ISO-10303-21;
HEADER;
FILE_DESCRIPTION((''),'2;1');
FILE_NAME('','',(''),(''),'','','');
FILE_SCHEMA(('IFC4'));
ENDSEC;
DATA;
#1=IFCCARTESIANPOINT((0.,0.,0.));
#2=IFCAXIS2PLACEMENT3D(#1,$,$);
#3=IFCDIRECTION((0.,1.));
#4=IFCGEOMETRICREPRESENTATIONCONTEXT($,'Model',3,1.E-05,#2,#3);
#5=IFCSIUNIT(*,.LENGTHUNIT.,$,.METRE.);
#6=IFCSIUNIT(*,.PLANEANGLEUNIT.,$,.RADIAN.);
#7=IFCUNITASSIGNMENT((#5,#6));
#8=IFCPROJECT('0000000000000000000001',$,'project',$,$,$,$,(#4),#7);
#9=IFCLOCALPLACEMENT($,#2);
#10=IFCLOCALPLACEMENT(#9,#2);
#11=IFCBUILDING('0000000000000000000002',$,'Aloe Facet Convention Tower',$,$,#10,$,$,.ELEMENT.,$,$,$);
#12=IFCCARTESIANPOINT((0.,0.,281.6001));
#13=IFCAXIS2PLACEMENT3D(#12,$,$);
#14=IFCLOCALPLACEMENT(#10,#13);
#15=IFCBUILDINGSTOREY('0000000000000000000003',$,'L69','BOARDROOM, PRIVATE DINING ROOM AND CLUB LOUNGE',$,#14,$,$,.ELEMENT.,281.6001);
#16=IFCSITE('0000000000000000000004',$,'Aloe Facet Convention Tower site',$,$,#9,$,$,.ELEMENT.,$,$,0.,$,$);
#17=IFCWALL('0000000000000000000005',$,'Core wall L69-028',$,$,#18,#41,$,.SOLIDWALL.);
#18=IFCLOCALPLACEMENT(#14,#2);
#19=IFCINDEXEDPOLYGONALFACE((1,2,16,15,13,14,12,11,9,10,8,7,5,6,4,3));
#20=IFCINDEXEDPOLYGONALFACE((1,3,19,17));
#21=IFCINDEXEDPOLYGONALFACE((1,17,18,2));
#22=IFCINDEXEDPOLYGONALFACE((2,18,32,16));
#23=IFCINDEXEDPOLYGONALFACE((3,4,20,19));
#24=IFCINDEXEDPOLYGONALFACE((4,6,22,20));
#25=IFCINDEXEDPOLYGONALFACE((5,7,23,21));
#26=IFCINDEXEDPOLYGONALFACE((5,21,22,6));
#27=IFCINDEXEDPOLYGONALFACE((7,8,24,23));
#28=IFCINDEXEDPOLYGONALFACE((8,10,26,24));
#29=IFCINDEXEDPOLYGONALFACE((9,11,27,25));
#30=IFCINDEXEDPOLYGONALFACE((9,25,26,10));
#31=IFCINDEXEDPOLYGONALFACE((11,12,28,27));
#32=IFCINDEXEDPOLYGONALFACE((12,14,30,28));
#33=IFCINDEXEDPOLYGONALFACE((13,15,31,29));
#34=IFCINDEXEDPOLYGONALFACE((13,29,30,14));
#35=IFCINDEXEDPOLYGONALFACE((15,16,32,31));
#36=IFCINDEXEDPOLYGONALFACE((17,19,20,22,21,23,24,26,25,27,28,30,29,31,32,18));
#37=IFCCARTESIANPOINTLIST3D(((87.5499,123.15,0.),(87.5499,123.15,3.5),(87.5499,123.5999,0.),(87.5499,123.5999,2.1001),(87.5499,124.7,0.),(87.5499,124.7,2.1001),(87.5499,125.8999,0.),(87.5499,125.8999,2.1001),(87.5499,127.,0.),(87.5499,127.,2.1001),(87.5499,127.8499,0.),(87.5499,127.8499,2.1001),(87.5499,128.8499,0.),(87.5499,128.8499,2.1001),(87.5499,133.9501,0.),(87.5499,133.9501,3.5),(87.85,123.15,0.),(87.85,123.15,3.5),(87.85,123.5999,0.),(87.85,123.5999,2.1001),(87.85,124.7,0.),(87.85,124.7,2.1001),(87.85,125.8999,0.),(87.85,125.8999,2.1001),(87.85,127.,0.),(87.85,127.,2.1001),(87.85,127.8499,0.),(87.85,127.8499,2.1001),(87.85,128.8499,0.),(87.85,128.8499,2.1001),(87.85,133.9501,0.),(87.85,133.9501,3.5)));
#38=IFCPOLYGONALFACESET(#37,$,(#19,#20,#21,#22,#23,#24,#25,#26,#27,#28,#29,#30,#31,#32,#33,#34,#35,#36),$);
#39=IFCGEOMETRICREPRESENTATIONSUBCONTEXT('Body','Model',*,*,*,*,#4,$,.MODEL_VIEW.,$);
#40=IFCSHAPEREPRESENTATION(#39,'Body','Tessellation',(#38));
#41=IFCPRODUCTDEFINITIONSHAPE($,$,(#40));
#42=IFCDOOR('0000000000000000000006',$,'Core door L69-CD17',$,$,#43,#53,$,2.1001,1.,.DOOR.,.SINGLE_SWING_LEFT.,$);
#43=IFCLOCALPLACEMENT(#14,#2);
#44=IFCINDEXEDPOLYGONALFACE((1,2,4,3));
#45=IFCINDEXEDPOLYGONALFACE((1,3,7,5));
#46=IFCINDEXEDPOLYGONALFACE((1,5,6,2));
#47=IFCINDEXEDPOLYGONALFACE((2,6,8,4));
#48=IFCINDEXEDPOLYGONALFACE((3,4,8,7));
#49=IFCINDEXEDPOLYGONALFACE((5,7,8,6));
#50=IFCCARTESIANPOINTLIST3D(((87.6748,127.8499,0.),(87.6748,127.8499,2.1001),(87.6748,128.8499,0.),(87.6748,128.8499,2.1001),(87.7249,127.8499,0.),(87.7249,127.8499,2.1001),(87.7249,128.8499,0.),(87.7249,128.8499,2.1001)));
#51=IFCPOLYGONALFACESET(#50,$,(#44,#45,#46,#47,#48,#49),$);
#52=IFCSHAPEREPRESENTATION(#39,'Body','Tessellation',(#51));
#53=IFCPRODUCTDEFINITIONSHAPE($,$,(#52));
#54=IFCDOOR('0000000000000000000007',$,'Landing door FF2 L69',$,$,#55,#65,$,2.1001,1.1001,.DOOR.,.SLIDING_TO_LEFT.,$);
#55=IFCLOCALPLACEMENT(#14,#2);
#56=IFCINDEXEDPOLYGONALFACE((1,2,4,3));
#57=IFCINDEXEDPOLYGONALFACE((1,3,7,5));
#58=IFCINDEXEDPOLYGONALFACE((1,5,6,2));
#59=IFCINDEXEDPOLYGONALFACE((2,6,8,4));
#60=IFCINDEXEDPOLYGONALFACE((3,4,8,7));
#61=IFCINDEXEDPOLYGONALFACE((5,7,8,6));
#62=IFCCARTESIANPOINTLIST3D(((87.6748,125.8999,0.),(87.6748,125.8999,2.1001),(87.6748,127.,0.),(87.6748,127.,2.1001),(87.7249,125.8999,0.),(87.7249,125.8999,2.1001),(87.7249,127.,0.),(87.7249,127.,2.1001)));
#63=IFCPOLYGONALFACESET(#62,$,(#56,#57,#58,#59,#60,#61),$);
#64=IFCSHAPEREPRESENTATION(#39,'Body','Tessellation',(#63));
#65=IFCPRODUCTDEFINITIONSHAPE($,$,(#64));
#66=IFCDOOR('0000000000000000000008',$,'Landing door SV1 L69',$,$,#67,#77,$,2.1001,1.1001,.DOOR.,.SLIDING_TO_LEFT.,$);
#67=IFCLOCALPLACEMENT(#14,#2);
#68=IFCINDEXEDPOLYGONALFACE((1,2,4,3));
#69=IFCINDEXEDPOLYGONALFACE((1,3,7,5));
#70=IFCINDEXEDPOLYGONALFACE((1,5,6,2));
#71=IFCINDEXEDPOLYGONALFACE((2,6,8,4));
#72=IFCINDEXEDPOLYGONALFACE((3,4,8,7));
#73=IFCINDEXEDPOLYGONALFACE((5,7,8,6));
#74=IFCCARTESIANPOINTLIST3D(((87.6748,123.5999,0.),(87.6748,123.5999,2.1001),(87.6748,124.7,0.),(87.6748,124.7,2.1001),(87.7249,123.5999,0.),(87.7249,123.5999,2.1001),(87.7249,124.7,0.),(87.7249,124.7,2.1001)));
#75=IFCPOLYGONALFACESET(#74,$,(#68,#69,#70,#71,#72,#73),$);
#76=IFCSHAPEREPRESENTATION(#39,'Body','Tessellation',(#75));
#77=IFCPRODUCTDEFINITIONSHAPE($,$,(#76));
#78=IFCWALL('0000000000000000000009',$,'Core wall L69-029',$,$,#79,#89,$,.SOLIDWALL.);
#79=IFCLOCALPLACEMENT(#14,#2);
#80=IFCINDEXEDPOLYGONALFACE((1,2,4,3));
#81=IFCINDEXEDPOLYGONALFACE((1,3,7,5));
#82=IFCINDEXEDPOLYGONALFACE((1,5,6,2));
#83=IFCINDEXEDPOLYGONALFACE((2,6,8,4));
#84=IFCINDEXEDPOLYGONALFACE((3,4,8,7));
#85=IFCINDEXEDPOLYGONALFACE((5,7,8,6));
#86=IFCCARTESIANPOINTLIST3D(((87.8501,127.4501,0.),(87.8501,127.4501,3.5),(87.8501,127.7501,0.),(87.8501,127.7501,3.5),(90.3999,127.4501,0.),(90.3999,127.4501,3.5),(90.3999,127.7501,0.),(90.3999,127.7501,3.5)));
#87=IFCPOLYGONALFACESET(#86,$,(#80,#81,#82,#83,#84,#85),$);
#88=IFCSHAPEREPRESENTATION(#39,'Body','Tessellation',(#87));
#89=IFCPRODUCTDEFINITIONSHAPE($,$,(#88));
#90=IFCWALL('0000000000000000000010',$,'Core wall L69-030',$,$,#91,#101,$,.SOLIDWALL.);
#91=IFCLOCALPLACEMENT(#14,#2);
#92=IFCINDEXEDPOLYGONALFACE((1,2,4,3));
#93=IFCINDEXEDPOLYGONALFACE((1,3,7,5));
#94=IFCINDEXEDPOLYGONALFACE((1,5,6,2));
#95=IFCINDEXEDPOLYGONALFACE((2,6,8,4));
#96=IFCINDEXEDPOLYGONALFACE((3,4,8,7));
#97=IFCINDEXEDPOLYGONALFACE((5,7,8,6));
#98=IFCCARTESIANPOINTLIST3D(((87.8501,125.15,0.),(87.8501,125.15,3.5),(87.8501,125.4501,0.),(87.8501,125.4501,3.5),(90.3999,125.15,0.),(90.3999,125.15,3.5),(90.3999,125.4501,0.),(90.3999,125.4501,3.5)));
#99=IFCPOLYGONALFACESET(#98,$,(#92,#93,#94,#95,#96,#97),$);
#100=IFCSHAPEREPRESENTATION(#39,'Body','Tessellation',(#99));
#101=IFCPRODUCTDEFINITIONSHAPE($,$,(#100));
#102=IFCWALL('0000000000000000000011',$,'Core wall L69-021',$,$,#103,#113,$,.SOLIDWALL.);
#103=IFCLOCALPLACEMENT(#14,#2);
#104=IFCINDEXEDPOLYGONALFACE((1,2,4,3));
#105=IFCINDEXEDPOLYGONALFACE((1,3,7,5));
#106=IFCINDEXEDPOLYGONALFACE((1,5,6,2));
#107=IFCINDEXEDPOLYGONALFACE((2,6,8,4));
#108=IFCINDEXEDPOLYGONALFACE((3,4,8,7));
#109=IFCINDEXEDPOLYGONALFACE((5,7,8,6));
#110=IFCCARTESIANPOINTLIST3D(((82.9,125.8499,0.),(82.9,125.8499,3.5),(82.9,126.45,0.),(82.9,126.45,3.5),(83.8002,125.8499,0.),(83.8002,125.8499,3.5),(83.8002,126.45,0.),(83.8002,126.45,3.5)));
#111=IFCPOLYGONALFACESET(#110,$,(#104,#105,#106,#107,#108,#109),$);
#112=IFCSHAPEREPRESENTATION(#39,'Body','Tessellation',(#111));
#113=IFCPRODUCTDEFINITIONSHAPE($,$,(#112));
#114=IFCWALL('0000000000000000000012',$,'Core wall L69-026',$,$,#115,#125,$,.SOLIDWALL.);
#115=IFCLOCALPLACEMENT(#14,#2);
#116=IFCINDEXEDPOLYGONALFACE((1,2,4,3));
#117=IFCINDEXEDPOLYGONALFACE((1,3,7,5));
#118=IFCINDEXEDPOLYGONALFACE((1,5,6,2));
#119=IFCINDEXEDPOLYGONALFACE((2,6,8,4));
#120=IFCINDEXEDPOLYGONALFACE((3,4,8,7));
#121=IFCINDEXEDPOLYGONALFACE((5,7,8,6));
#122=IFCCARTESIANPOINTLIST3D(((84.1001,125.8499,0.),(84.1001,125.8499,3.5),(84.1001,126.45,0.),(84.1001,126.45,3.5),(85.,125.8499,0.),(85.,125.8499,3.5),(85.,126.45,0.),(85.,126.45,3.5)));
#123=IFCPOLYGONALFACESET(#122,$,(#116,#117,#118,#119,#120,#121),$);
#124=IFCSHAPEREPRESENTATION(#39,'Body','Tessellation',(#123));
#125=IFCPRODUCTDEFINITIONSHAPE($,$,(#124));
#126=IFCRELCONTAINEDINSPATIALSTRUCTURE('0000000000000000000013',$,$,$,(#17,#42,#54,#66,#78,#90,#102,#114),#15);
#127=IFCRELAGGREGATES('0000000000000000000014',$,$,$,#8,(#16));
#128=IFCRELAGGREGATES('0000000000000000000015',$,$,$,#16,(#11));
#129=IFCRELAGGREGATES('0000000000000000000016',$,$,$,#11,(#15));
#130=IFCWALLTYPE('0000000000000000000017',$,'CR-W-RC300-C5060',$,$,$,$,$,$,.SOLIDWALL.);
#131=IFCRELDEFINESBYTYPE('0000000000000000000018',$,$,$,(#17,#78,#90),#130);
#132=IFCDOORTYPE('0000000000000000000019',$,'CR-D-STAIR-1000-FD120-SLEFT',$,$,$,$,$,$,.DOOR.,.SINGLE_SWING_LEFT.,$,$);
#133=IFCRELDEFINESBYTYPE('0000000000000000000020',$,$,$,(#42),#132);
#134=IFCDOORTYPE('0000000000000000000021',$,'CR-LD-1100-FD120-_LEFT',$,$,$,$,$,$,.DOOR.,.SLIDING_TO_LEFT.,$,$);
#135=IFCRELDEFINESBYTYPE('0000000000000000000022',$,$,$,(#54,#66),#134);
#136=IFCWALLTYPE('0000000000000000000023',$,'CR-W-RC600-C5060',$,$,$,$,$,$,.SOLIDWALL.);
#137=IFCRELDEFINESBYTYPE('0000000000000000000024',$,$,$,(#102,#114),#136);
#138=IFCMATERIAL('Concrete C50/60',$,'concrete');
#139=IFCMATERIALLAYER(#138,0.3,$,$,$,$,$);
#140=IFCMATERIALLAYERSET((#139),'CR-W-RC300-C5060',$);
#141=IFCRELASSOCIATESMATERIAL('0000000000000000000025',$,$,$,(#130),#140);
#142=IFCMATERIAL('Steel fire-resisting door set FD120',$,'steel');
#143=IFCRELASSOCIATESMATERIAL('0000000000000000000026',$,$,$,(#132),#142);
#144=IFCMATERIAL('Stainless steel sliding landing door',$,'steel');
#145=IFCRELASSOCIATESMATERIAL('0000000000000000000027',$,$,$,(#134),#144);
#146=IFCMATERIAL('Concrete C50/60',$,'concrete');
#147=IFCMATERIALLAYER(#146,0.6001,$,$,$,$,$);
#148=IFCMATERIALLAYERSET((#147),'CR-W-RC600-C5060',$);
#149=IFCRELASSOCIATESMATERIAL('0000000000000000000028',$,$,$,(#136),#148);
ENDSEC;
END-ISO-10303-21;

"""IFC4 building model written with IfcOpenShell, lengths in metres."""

from ifc_helpers import new_model, si_unit, direction, frame, frame_2d, origin, place, context, subcontext, project, spatial, rectangle, extrude, material, layer, layer_set, type_object, element, fill, save


model = new_model("IFC4")

# Units and contexts
model_context = context("Model", 3, precision=1e-05, world=origin(), true_north=direction((0.0, 1.0)))
body_context = subcontext(model_context, "Body", "Model", "MODEL_VIEW")
ifc_project = project(units=[si_unit("LENGTHUNIT", "METRE"), si_unit("PLANEANGLEUNIT", "RADIAN")], contexts=[model_context])

# Site, building, storey
site_placement = place(None, origin())
site = spatial("IfcSite", under=ifc_project, at=site_placement, Name="Aloe Facet Convention Tower site", CompositionType="ELEMENT", RefElevation=0.0)
building_placement = place(site_placement, origin())
building = spatial("IfcBuilding", under=site, at=building_placement, Name="Aloe Facet Convention Tower", CompositionType="ELEMENT")
storey_placement = place(building_placement, frame((0.0, 0.0, 281.6001)))
storey = spatial("IfcBuildingStorey", under=building, at=storey_placement, Name="L69", Description="BOARDROOM, PRIVATE DINING ROOM AND CLUB LOUNGE", CompositionType="ELEMENT", Elevation=281.6001)

# Shared definitions
ifc_material_1 = material(Name="Concrete C50/60", Category="concrete")
ifc_layer_1 = layer(ifc_material_1, 0.3)
ifc_layer_set_1 = layer_set([ifc_layer_1], Name="CR-W-RC300-C5060")
wall_type_1 = type_object("IfcWallType", Name="CR-W-RC300-C5060", PredefinedType="SOLIDWALL", material=ifc_layer_set_1)

# Shared definitions
ifc_material_2 = material(Name="Steel fire-resisting door set FD120", Category="steel")
door_type_1 = type_object("IfcDoorType", Name="CR-D-STAIR-1000-FD120-SLEFT", OperationType="SINGLE_SWING_LEFT", PredefinedType="DOOR", material=ifc_material_2)

# Wall, openings, doors
wall_1_placement = place(storey_placement, frame((87.7, 133.95, 0.0), z_axis=(0.0, 0.0, 1.0), x_axis=(0.0, -1.0, 0.0)))
wall_1 = element("IfcWall", 1, at=wall_1_placement, inside=storey, type_object=wall_type_1, Name="Core wall L69-028", PredefinedType="SOLIDWALL", context=body_context, shape_type="SweptSolid", body=[
    extrude(rectangle(XDim=10.8, YDim=0.3, at=frame_2d((5.3999, 0.0))), origin(), (0.0, 0.0, 1.0), 3.5),
])
opening_1_placement = place(wall_1_placement, frame((6.95, 0.0, 0.0)))
opening_1 = element("IfcOpeningElement", 2, at=opening_1_placement, cuts=wall_1, PredefinedType="OPENING", context=body_context, shape_type="SweptSolid", body=[
    extrude(rectangle(XDim=1.1001, YDim=2.1001, at=frame_2d((0.55, 1.05))), frame((0.0, 0.1602, 0.0), z_axis=(0.0, -1.0, 0.0), x_axis=(1.0, 0.0, 0.0)), (0.0, 0.0, 1.0), 0.3201),
])
opening_2_placement = place(wall_1_placement, frame((5.1001, 0.0, 0.0)))
opening_2 = element("IfcOpeningElement", 3, at=opening_2_placement, cuts=wall_1, PredefinedType="OPENING", context=body_context, shape_type="SweptSolid", body=[
    extrude(rectangle(XDim=1.0, YDim=2.1001, at=frame_2d((0.5, 1.05))), frame((0.0, 0.1602, 0.0), z_axis=(0.0, -1.0, 0.0), x_axis=(1.0, 0.0, 0.0)), (0.0, 0.0, 1.0), 0.3201),
])
opening_3_placement = place(wall_1_placement, frame((9.25, 0.0, 0.0)))
opening_3 = element("IfcOpeningElement", 4, at=opening_3_placement, cuts=wall_1, PredefinedType="OPENING", context=body_context, shape_type="SweptSolid", body=[
    extrude(rectangle(XDim=1.1001, YDim=2.1001, at=frame_2d((0.55, 1.05))), frame((0.0, 0.1602, 0.0), z_axis=(0.0, -1.0, 0.0), x_axis=(1.0, 0.0, 0.0)), (0.0, 0.0, 1.0), 0.3201),
])
door_1_placement = place(opening_2_placement, origin())
door_1 = element("IfcDoor", 5, at=door_1_placement, inside=storey, type_object=door_type_1, Name="Core door L69-CD17", OperationType="SINGLE_SWING_LEFT", OverallHeight=2.1001, OverallWidth=1.0, PredefinedType="DOOR", context=body_context, shape_type="SweptSolid", body=[
    extrude(rectangle(XDim=1.0, YDim=2.1001, at=frame_2d((0.5, 1.05))), frame((0.0, 0.0249, 0.0), z_axis=(0.0, -1.0, 0.0), x_axis=(1.0, 0.0, 0.0)), (0.0, 0.0, 1.0), 0.05),
])
fill(opening_2, door_1)
ifc_material_3 = material(Name="Stainless steel sliding landing door", Category="steel")
door_type_2 = type_object("IfcDoorType", Name="CR-LD-1100-FD120-_LEFT", OperationType="SLIDING_TO_LEFT", PredefinedType="DOOR", material=ifc_material_3)
door_2_placement = place(opening_1_placement, origin())
door_2 = element("IfcDoor", 6, at=door_2_placement, inside=storey, type_object=door_type_2, Name="Landing door FF2 L69", OperationType="SLIDING_TO_LEFT", OverallHeight=2.1001, OverallWidth=1.1001, PredefinedType="DOOR", context=body_context, shape_type="SweptSolid", body=[
    extrude(rectangle(XDim=1.1001, YDim=2.1001, at=frame_2d((0.55, 1.05))), frame((0.0, 0.0249, 0.0), z_axis=(0.0, -1.0, 0.0), x_axis=(1.0, 0.0, 0.0)), (0.0, 0.0, 1.0), 0.05),
])
fill(opening_1, door_2)
door_3_placement = place(opening_3_placement, origin())
door_3 = element("IfcDoor", 7, at=door_3_placement, inside=storey, type_object=door_type_2, Name="Landing door SV1 L69", OperationType="SLIDING_TO_LEFT", OverallHeight=2.1001, OverallWidth=1.1001, PredefinedType="DOOR", context=body_context, shape_type="SweptSolid", body=[
    extrude(rectangle(XDim=1.1001, YDim=2.1001, at=frame_2d((0.55, 1.05))), frame((0.0, 0.0249, 0.0), z_axis=(0.0, -1.0, 0.0), x_axis=(1.0, 0.0, 0.0)), (0.0, 0.0, 1.0), 0.05),
])
fill(opening_3, door_3)

# Walls
for number, where, z_axis, x_axis, name in (
    (8, (87.8501, 127.6001, 0.0), (0.0, 0.0, 1.0), (1.0, 0.0, 0.0), "Core wall L69-029"),
    (9, (87.8501, 125.3, 0.0), (0.0, 0.0, 1.0), (1.0, 0.0, 0.0), "Core wall L69-030"),
):
    element("IfcWall", number, at=place(storey_placement, frame(where, z_axis=z_axis, x_axis=x_axis)), inside=storey, type_object=wall_type_1, Name=name, PredefinedType="SOLIDWALL", context=body_context, shape_type="SweptSolid", body=[
        extrude(rectangle(XDim=2.5498, YDim=0.3, at=frame_2d((1.2749, 0.0))), origin(), (0.0, 0.0, 1.0), 3.5),
    ])
ifc_material_4 = material(Name="Concrete C50/60", Category="concrete")
ifc_layer_2 = layer(ifc_material_4, 0.6001)
ifc_layer_set_2 = layer_set([ifc_layer_2], Name="CR-W-RC600-C5060")
wall_type_2 = type_object("IfcWallType", Name="CR-W-RC600-C5060", PredefinedType="SOLIDWALL", material=ifc_layer_set_2)
wall_2_placement = place(storey_placement, frame((82.8999, 126.1499, 0.0), z_axis=(0.0, 0.0, 1.0), x_axis=(1.0, 0.0, 0.0)))
element("IfcWall", 10, at=wall_2_placement, inside=storey, type_object=wall_type_2, Name="Core wall L69-021", PredefinedType="SOLIDWALL", context=body_context, shape_type="SweptSolid", body=[
    extrude(rectangle(XDim=0.9001, YDim=0.6001, at=frame_2d((0.4502, 0.0))), origin(), (0.0, 0.0, 1.0), 3.5),
])
wall_3_placement = place(storey_placement, frame((84.1001, 126.1499, 0.0), z_axis=(0.0, 0.0, 1.0), x_axis=(1.0, 0.0, 0.0)))
element("IfcWall", 11, at=wall_3_placement, inside=storey, type_object=wall_type_2, Name="Core wall L69-026", PredefinedType="SOLIDWALL", context=body_context, shape_type="SweptSolid", body=[
    extrude(rectangle(XDim=0.8999, YDim=0.6001, at=frame_2d((0.45, 0.0))), origin(), (0.0, 0.0, 1.0), 3.5),
])

save(model, "model.ifc")
